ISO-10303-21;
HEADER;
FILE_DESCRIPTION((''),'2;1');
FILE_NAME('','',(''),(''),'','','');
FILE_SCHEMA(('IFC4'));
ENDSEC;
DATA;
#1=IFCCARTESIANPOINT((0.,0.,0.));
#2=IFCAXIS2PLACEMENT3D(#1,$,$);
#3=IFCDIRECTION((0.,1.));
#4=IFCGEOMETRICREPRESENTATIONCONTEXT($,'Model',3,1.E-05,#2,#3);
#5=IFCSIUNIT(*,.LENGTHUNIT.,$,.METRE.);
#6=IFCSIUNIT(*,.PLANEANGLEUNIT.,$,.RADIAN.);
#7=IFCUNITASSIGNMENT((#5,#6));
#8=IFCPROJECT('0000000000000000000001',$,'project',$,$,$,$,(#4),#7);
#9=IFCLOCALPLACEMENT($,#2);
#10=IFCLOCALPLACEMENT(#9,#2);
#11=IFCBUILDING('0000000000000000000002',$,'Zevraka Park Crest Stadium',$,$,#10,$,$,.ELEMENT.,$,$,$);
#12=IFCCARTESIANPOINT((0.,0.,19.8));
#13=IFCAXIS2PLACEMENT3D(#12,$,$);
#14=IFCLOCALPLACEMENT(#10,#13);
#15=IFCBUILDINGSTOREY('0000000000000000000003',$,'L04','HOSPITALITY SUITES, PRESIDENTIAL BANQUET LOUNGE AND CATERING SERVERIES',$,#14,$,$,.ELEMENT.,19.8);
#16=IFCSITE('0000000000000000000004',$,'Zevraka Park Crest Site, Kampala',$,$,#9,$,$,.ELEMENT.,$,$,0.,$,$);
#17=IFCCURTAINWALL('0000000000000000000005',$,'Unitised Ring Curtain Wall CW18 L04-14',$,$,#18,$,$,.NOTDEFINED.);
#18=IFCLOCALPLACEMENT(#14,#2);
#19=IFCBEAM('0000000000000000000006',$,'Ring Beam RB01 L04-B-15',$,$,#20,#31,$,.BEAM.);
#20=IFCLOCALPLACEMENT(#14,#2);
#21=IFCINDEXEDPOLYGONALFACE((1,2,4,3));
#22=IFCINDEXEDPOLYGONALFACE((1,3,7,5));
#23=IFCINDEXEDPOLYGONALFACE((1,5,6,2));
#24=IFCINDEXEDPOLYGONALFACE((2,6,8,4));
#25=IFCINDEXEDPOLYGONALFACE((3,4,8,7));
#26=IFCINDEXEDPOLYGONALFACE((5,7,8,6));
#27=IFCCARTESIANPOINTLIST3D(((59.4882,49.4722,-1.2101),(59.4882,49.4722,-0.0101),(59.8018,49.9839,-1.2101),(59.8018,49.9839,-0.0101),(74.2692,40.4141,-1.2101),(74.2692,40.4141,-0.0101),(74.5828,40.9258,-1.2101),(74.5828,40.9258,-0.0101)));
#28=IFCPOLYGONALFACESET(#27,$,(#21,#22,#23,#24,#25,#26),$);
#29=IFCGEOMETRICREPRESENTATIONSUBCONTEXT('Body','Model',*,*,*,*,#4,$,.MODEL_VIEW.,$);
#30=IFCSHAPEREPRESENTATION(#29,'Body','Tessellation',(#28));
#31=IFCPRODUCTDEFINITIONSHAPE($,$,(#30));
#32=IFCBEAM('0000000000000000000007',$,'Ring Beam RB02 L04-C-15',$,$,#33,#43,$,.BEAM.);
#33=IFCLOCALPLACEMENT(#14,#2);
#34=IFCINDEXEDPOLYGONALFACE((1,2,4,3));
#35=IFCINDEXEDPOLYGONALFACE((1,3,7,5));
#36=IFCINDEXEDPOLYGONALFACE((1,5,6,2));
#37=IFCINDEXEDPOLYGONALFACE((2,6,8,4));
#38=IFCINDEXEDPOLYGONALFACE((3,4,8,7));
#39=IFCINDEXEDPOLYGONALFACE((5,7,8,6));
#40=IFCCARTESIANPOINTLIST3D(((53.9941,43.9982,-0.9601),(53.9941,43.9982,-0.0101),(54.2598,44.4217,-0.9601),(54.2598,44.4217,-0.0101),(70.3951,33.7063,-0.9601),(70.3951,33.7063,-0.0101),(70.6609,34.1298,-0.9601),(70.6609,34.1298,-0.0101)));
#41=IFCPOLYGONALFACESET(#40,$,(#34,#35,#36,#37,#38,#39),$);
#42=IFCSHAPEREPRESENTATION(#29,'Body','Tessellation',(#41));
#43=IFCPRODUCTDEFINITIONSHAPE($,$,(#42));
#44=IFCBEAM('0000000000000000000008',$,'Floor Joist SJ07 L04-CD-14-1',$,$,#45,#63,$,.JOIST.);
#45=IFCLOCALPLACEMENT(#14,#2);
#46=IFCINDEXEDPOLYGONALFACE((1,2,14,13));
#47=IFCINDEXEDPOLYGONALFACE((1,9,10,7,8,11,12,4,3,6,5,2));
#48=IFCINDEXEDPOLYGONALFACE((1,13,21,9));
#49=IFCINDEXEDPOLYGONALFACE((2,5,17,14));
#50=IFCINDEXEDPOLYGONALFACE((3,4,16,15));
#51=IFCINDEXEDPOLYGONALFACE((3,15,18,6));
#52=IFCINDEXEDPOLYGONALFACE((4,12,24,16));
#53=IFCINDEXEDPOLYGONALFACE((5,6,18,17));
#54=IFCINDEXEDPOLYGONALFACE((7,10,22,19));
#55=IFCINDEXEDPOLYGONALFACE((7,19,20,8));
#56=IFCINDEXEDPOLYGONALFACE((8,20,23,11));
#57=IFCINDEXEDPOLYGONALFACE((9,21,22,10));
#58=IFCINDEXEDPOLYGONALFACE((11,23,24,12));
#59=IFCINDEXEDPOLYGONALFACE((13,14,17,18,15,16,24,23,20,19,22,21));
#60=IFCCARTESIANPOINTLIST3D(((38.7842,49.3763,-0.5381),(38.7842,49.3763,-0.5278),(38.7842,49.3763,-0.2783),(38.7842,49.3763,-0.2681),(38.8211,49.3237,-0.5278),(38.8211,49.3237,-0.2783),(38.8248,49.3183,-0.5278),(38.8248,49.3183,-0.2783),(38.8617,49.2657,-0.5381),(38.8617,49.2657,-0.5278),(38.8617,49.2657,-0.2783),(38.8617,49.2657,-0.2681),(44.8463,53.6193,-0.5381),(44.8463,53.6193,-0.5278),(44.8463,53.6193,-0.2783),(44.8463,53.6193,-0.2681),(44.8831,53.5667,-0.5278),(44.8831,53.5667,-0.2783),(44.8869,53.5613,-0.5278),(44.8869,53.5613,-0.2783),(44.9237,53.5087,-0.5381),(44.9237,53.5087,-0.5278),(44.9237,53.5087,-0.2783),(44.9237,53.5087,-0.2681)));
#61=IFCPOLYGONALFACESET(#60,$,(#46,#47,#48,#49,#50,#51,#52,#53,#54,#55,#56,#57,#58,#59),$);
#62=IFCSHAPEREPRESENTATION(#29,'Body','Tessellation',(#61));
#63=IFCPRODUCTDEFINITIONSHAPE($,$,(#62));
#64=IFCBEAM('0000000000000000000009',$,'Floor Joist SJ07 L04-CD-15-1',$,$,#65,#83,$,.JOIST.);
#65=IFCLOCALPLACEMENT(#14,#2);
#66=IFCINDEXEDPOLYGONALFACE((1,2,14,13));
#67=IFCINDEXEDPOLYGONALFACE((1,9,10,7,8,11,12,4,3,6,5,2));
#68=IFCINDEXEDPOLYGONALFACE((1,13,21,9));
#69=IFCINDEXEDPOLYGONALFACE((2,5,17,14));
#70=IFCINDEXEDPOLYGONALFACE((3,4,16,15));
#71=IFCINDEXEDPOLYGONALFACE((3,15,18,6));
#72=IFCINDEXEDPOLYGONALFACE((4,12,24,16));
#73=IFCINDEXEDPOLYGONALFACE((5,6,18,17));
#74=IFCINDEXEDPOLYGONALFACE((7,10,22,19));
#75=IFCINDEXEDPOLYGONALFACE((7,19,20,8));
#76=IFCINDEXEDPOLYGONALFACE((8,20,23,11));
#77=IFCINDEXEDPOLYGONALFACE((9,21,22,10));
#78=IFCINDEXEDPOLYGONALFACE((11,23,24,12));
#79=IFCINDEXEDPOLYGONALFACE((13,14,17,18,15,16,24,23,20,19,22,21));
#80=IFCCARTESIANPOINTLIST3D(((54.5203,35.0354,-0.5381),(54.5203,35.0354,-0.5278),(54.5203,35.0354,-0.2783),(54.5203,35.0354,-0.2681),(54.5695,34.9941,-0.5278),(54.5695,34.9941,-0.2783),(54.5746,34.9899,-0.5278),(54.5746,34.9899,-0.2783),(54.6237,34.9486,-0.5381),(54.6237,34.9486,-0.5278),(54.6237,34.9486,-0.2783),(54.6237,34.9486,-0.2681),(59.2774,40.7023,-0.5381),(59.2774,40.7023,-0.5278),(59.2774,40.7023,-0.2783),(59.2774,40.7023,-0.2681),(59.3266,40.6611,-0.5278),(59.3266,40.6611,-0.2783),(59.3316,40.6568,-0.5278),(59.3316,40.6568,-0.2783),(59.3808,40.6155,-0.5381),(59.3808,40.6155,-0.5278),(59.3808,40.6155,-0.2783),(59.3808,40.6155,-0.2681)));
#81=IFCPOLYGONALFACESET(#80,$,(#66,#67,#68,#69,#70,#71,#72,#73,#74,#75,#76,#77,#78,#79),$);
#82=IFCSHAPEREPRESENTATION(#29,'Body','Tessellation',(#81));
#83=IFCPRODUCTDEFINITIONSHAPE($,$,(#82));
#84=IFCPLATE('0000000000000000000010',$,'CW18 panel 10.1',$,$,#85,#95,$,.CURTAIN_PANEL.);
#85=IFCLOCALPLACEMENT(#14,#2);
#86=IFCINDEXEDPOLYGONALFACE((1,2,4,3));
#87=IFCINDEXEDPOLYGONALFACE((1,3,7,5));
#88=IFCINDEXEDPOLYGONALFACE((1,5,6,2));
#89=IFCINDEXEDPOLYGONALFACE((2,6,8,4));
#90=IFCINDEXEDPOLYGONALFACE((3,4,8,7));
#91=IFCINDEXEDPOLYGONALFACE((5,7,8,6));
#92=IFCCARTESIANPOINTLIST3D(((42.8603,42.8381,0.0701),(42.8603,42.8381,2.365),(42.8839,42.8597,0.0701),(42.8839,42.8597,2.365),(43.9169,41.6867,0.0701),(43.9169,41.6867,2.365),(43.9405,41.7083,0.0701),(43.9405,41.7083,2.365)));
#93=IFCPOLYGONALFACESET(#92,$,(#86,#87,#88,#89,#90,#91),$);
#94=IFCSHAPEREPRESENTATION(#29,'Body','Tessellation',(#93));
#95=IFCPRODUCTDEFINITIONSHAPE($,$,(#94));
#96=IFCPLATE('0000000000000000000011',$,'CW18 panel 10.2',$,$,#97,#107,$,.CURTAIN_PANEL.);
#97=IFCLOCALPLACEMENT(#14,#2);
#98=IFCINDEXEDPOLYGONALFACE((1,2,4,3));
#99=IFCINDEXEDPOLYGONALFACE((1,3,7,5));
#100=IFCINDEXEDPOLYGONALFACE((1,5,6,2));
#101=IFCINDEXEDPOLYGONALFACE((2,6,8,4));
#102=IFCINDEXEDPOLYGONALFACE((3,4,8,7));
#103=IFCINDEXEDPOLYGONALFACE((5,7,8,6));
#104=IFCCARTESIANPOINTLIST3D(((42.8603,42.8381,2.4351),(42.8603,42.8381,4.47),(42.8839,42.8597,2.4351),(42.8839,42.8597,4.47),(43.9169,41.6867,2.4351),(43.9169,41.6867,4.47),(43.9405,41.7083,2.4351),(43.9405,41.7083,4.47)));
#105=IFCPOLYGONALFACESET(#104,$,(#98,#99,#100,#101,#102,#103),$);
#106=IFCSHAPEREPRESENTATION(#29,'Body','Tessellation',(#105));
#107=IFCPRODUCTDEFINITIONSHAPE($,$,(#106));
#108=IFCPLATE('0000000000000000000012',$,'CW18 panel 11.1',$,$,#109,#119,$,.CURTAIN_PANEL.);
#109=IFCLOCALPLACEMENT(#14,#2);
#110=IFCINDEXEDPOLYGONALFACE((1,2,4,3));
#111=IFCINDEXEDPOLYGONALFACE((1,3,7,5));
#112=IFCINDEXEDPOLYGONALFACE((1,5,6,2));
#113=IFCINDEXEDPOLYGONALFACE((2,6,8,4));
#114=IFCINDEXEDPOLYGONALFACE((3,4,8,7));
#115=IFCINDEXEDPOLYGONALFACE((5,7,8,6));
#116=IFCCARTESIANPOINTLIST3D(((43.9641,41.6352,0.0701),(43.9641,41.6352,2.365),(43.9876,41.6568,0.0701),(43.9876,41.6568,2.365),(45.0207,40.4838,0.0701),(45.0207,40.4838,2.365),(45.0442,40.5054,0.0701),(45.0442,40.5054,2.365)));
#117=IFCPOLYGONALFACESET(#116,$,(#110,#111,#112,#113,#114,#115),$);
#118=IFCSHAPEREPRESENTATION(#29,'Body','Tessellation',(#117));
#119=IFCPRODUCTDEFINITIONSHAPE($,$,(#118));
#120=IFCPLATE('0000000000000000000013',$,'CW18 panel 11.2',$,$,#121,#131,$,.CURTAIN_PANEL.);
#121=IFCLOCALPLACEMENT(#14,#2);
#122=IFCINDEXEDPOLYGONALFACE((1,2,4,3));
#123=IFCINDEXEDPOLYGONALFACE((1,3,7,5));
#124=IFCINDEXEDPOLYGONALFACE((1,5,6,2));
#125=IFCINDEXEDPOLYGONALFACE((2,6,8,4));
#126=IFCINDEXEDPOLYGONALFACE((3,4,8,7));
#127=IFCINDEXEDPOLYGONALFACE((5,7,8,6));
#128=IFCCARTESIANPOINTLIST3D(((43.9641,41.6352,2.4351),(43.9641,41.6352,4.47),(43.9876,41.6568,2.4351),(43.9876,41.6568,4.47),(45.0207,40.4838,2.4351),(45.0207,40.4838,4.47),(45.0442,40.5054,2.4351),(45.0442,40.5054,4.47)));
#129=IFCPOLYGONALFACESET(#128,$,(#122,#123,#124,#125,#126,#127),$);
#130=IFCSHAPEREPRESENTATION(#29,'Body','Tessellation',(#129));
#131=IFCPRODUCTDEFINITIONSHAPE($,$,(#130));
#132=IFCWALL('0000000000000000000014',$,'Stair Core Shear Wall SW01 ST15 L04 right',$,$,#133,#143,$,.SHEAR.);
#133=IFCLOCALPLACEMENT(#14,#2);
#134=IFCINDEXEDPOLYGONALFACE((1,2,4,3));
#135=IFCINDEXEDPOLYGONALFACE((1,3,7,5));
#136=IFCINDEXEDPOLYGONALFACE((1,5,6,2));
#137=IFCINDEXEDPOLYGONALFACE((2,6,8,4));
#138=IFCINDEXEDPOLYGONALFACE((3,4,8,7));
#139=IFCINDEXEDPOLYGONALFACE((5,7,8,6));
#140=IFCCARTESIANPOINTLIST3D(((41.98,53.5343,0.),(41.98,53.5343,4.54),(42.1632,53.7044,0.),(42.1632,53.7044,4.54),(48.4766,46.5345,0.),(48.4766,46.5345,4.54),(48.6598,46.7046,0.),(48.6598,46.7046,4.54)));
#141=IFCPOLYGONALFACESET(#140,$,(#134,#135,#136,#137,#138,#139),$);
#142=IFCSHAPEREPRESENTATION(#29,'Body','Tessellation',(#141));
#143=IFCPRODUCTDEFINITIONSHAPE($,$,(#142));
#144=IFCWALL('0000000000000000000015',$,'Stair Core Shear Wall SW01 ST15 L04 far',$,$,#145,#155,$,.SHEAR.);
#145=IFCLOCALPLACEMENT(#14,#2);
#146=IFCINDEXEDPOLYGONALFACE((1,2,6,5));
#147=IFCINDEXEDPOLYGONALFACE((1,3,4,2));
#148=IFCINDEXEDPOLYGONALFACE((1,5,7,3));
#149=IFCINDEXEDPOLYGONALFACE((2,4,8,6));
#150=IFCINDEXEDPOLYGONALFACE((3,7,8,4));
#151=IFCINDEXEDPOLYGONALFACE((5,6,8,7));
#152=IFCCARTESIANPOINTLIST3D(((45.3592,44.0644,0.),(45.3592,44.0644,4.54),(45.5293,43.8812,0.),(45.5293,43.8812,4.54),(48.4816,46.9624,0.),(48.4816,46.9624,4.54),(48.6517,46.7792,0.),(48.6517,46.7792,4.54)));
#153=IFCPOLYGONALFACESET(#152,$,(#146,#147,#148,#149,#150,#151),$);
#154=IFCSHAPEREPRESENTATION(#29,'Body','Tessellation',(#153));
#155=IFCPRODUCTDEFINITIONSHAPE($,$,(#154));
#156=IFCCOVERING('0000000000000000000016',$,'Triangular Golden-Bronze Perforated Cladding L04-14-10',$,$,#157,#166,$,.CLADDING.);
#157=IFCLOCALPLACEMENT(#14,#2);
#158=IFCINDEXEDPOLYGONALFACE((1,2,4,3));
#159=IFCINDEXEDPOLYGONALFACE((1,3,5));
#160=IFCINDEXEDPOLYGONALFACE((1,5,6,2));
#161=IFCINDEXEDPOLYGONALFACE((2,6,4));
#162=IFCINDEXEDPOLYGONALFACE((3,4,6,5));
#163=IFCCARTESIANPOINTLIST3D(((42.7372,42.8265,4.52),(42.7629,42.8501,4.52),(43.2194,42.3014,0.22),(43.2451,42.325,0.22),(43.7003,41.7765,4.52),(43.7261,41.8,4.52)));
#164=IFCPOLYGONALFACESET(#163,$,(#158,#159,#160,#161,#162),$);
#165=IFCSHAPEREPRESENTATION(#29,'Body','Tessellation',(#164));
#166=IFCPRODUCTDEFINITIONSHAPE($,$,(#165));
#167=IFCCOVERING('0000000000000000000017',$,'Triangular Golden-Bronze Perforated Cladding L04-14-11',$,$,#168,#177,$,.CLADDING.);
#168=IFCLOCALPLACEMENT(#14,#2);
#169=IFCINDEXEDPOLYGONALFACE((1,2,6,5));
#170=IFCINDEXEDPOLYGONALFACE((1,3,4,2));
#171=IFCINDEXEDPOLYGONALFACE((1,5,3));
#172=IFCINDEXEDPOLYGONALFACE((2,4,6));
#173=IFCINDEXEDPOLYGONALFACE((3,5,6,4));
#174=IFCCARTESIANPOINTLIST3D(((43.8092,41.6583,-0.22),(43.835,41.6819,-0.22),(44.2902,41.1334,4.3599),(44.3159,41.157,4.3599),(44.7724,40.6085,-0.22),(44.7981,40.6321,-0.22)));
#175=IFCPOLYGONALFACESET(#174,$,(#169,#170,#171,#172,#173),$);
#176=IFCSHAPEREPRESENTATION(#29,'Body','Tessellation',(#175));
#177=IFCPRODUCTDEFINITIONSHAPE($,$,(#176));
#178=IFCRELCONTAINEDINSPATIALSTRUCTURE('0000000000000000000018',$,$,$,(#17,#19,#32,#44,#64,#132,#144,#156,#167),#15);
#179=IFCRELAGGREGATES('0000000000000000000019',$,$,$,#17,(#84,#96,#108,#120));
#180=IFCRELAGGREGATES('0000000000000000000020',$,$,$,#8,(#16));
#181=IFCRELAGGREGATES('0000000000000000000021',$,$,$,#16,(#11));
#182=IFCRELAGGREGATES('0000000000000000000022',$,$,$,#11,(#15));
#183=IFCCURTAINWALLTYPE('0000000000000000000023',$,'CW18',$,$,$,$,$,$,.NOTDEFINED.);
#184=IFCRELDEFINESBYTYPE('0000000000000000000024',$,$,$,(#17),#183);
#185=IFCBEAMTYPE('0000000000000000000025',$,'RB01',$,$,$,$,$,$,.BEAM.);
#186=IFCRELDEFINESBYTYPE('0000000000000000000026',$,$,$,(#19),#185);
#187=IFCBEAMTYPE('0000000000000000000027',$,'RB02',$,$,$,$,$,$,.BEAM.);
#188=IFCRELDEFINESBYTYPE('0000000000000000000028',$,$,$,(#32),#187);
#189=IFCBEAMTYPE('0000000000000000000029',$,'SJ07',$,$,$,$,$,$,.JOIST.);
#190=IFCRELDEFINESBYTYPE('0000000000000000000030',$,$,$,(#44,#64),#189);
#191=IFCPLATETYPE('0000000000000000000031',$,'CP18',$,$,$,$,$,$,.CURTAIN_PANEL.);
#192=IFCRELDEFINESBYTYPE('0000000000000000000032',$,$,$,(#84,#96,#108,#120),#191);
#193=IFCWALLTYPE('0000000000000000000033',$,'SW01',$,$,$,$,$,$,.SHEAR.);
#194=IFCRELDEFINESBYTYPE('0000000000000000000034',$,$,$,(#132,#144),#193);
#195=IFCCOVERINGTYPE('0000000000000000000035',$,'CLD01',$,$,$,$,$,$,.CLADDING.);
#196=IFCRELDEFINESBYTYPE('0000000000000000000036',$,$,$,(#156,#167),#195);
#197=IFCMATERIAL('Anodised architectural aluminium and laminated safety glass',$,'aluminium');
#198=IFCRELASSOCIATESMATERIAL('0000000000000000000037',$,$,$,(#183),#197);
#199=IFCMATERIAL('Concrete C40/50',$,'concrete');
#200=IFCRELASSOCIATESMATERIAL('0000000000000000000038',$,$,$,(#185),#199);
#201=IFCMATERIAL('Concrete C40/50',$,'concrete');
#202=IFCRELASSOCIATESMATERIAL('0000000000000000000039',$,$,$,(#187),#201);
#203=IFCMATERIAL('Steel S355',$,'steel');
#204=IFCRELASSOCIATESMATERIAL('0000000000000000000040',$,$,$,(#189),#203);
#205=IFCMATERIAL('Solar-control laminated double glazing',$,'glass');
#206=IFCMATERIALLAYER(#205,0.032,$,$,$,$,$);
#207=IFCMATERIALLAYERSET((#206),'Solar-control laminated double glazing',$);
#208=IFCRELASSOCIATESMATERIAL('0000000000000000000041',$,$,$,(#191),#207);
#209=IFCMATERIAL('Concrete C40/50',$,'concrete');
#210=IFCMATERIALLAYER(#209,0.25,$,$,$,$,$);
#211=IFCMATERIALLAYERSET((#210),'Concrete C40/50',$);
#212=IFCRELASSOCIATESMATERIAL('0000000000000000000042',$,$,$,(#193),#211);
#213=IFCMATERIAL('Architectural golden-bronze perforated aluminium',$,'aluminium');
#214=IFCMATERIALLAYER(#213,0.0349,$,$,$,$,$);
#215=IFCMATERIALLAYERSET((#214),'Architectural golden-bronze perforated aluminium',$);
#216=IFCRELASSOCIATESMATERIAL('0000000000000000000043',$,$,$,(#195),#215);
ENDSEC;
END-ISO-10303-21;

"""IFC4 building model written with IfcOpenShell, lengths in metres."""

from ifc_helpers import new_model, si_unit, direction, frame, frame_2d, origin, origin_2d, place, context, subcontext, project, spatial, polyline, rectangle, i_section, outline, extrude, material, layer, layer_set, material_profile, profile_set, type_object, element, aggregate, save


model = new_model("IFC4")

# Units and contexts
model_context = context("Model", 3, precision=1e-05, world=origin(), true_north=direction((0.0, 1.0)))
body_context = subcontext(model_context, "Body", "Model", "MODEL_VIEW")
ifc_project = project(units=[si_unit("LENGTHUNIT", "METRE"), si_unit("PLANEANGLEUNIT", "RADIAN")], contexts=[model_context])

# Site, building, storey
site_placement = place(None, origin())
site = spatial("IfcSite", under=ifc_project, at=site_placement, Name="Zevraka Park Crest Site, Kampala", CompositionType="ELEMENT", RefElevation=0.0)
building_placement = place(site_placement, origin())
building = spatial("IfcBuilding", under=site, at=building_placement, Name="Zevraka Park Crest Stadium", CompositionType="ELEMENT")
storey_placement = place(building_placement, frame((0.0, 0.0, 19.8)))
storey = spatial("IfcBuildingStorey", under=building, at=storey_placement, Name="L04", Description="HOSPITALITY SUITES, PRESIDENTIAL BANQUET LOUNGE AND CATERING SERVERIES", CompositionType="ELEMENT", Elevation=19.8)

# Curtain wall
ifc_material_1 = material(Name="Anodised architectural aluminium and laminated safety glass", Category="aluminium")
curtain_wall_type = type_object("IfcCurtainWallType", Name="CW18", PredefinedType="NOTDEFINED", material=ifc_material_1)
curtain_wall_placement = place(storey_placement, origin())
curtain_wall = element("IfcCurtainWall", 1, at=curtain_wall_placement, inside=storey, type_object=curtain_wall_type, Name="Unitised Ring Curtain Wall CW18 L04-14", PredefinedType="NOTDEFINED")

# Beams
ifc_material_2 = material(Name="Concrete C40/50", Category="concrete")
ifc_material_profile_1 = material_profile(ifc_material_2, rectangle(XDim=0.6001, YDim=1.2, at=origin_2d()), Name="RC 1200x600")
ifc_profile_set_1 = profile_set([ifc_material_profile_1], Name="Concrete C40/50")
beam_type_1 = type_object("IfcBeamType", Name="RB01", PredefinedType="BEAM", material=ifc_profile_set_1)
beam_1_placement = place(storey_placement, frame((59.645, 49.728, -0.6101), z_axis=(0.852633, -0.522511, 0.0), x_axis=(0.522511, 0.852633, 0.0)))
element("IfcBeam", 2, at=beam_1_placement, inside=storey, type_object=beam_type_1, Name="Ring Beam RB01 L04-B-15", PredefinedType="BEAM", context=body_context, shape_type="SweptSolid", body=[
    extrude(rectangle(XDim=0.6001, YDim=1.2, at=origin_2d()), origin(), (0.0, 0.0, 1.0), 17.3357),
])
ifc_material_3 = material(Name="Concrete C40/50", Category="concrete")
ifc_material_profile_2 = material_profile(ifc_material_3, rectangle(XDim=0.5, YDim=0.95, at=origin_2d()), Name="RC 950x500")
ifc_profile_set_2 = profile_set([ifc_material_profile_2], Name="Concrete C40/50")
beam_type_2 = type_object("IfcBeamType", Name="RB02", PredefinedType="BEAM", material=ifc_profile_set_2)
beam_2_placement = place(storey_placement, frame((54.127, 44.21, -0.4851), z_axis=(0.847039, -0.531532, 0.0), x_axis=(0.531532, 0.847039, 0.0)))
element("IfcBeam", 3, at=beam_2_placement, inside=storey, type_object=beam_type_2, Name="Ring Beam RB02 L04-C-15", PredefinedType="BEAM", context=body_context, shape_type="SweptSolid", body=[
    extrude(rectangle(XDim=0.5, YDim=0.95, at=origin_2d()), origin(), (0.0, 0.0, 1.0), 19.3628),
])
ifc_material_4 = material(Name="Steel S355", Category="steel")
ifc_material_profile_3 = material_profile(ifc_material_4, i_section(OverallWidth=0.135, OverallDepth=0.27, WebThickness=0.0066, FlangeThickness=0.0103, at=origin_2d()), Name="IPE 270")
ifc_profile_set_3 = profile_set([ifc_material_profile_3], Name="Steel S355")
beam_type_3 = type_object("IfcBeamType", Name="SJ07", PredefinedType="JOIST", material=ifc_profile_set_3)
beam_3_placement = place(storey_placement, frame((44.885, 53.564, -0.4031), z_axis=(-0.819263, -0.573418, 0.0), x_axis=(0.573418, -0.819263, 0.0)))
element("IfcBeam", 4, at=beam_3_placement, inside=storey, type_object=beam_type_3, Name="Floor Joist SJ07 L04-CD-14-1", PredefinedType="JOIST", context=body_context, shape_type="SweptSolid", body=[
    extrude(i_section(OverallWidth=0.135, OverallDepth=0.27, WebThickness=0.0066, FlangeThickness=0.0103, at=origin_2d()), origin(), (0.0, 0.0, 1.0), 7.3994),
])
beam_4_placement = place(storey_placement, frame((59.3291, 40.6589, -0.4031), z_axis=(-0.642939, -0.765917, 0.0), x_axis=(0.765917, -0.642939, 0.0)))
element("IfcBeam", 5, at=beam_4_placement, inside=storey, type_object=beam_type_3, Name="Floor Joist SJ07 L04-CD-15-1", PredefinedType="JOIST", context=body_context, shape_type="SweptSolid", body=[
    extrude(i_section(OverallWidth=0.135, OverallDepth=0.27, WebThickness=0.0066, FlangeThickness=0.0103, at=origin_2d()), origin(), (0.0, 0.0, 1.0), 7.3989),
])

# Plates
ifc_material_5 = material(Name="Solar-control laminated double glazing", Category="glass")
ifc_layer_1 = layer(ifc_material_5, 0.032)
ifc_layer_set_1 = layer_set([ifc_layer_1], Name="Solar-control laminated double glazing")
plate_type = type_object("IfcPlateType", Name="CP18", PredefinedType="CURTAIN_PANEL", material=ifc_layer_set_1)
plate_1_placement = place(storey_placement, frame((43.4004, 42.2732, 0.0701), z_axis=(0.0, 0.0, 1.0), x_axis=(0.676138, -0.736775, 0.0)))
plate_1 = element("IfcPlate", 6, at=plate_1_placement, type_object=plate_type, Name="CW18 panel 10.1", PredefinedType="CURTAIN_PANEL", context=body_context, shape_type="SweptSolid", body=[
    extrude(rectangle(XDim=1.5627, YDim=0.032, at=origin_2d()), origin(), (0.0, 0.0, 1.0), 2.2949),
])
plate_2_placement = place(storey_placement, frame((43.4004, 42.2732, 2.4351), z_axis=(0.0, 0.0, 1.0), x_axis=(0.676138, -0.736775, 0.0)))
plate_2 = element("IfcPlate", 7, at=plate_2_placement, type_object=plate_type, Name="CW18 panel 10.2", PredefinedType="CURTAIN_PANEL", context=body_context, shape_type="SweptSolid", body=[
    extrude(rectangle(XDim=1.5627, YDim=0.032, at=origin_2d()), origin(), (0.0, 0.0, 1.0), 2.0349),
])
plate_3_placement = place(storey_placement, frame((44.5042, 41.0703, 0.0701), z_axis=(0.0, 0.0, 1.0), x_axis=(0.676138, -0.736775, 0.0)))
plate_3 = element("IfcPlate", 8, at=plate_3_placement, type_object=plate_type, Name="CW18 panel 11.1", PredefinedType="CURTAIN_PANEL", context=body_context, shape_type="SweptSolid", body=[
    extrude(rectangle(XDim=1.5627, YDim=0.032, at=origin_2d()), origin(), (0.0, 0.0, 1.0), 2.2949),
])
plate_4_placement = place(storey_placement, frame((44.5042, 41.0703, 2.4351), z_axis=(0.0, 0.0, 1.0), x_axis=(0.676138, -0.736775, 0.0)))
plate_4 = element("IfcPlate", 9, at=plate_4_placement, type_object=plate_type, Name="CW18 panel 11.2", PredefinedType="CURTAIN_PANEL", context=body_context, shape_type="SweptSolid", body=[
    extrude(rectangle(XDim=1.5627, YDim=0.032, at=origin_2d()), origin(), (0.0, 0.0, 1.0), 2.0349),
])
aggregate(curtain_wall, [plate_1, plate_2, plate_3, plate_4])

# Walls
ifc_material_6 = material(Name="Concrete C40/50", Category="concrete")
ifc_layer_2 = layer(ifc_material_6, 0.25)
ifc_layer_set_2 = layer_set([ifc_layer_2], Name="Concrete C40/50")
wall_type = type_object("IfcWallType", Name="SW01", PredefinedType="SHEAR", material=ifc_layer_set_2)
wall_1_placement = place(storey_placement, frame((48.5681, 46.6196, 0.0), z_axis=(0.0, 0.0, 1.0), x_axis=(-0.680272, 0.73296, 0.0)))
element("IfcWall", 10, at=wall_1_placement, inside=storey, type_object=wall_type, Name="Stair Core Shear Wall SW01 ST15 L04 right", PredefinedType="SHEAR", context=body_context, shape_type="SweptSolid", body=[
    extrude(rectangle(XDim=9.55, YDim=0.25, at=frame_2d((4.7749, 0.0))), origin(), (0.0, 0.0, 1.0), 4.54),
])
wall_2_placement = place(storey_placement, frame((45.4443, 43.9729, 0.0), z_axis=(0.0, 0.0, 1.0), x_axis=(0.732951, 0.680282, 0.0)))
element("IfcWall", 11, at=wall_2_placement, inside=storey, type_object=wall_type, Name="Stair Core Shear Wall SW01 ST15 L04 far", PredefinedType="SHEAR", context=body_context, shape_type="SweptSolid", body=[
    extrude(rectangle(XDim=4.26, YDim=0.25, at=frame_2d((2.1299, 0.0))), origin(), (0.0, 0.0, 1.0), 4.54),
])

# Coverings
ifc_material_7 = material(Name="Architectural golden-bronze perforated aluminium", Category="aluminium")
ifc_layer_3 = layer(ifc_material_7, 0.0349)
ifc_layer_set_3 = layer_set([ifc_layer_3], Name="Architectural golden-bronze perforated aluminium")
covering_type = type_object("IfcCoveringType", Name="CLD01", PredefinedType="CLADDING", material=ifc_layer_set_3)
covering_1_placement = place(storey_placement, frame((43.7261, 41.8, 4.52), z_axis=(0.736948, 0.67595, 0.000085), x_axis=(-0.67595, 0.736948, 0.0)))
element("IfcCovering", 12, at=covering_1_placement, inside=storey, type_object=covering_type, Name="Triangular Golden-Bronze Perforated Cladding L04-14-10", PredefinedType="CLADDING", context=body_context, shape_type="SweptSolid", body=[
    extrude(outline(polyline([(0.0, 0.0), (1.4249, 0.0), (0.7119, -4.3), (0.0, 0.0)])), origin(), (0.0, 0.0, -1.0), 0.0349),
])
covering_2_placement = place(storey_placement, frame((43.835, 41.6819, -0.22), z_axis=(0.73687, 0.676035, 0.000098), x_axis=(0.676035, -0.73687, 0.0)))
element("IfcCovering", 13, at=covering_2_placement, inside=storey, type_object=covering_type, Name="Triangular Golden-Bronze Perforated Cladding L04-14-11", PredefinedType="CLADDING", context=body_context, shape_type="SweptSolid", body=[
    extrude(outline(polyline([(0.0, 0.0), (1.4247, 0.0), (0.7119, -4.5798), (0.0, 0.0)])), origin(), (0.0, 0.0, -1.0), 0.0349),
])

save(model, "model.ifc")
